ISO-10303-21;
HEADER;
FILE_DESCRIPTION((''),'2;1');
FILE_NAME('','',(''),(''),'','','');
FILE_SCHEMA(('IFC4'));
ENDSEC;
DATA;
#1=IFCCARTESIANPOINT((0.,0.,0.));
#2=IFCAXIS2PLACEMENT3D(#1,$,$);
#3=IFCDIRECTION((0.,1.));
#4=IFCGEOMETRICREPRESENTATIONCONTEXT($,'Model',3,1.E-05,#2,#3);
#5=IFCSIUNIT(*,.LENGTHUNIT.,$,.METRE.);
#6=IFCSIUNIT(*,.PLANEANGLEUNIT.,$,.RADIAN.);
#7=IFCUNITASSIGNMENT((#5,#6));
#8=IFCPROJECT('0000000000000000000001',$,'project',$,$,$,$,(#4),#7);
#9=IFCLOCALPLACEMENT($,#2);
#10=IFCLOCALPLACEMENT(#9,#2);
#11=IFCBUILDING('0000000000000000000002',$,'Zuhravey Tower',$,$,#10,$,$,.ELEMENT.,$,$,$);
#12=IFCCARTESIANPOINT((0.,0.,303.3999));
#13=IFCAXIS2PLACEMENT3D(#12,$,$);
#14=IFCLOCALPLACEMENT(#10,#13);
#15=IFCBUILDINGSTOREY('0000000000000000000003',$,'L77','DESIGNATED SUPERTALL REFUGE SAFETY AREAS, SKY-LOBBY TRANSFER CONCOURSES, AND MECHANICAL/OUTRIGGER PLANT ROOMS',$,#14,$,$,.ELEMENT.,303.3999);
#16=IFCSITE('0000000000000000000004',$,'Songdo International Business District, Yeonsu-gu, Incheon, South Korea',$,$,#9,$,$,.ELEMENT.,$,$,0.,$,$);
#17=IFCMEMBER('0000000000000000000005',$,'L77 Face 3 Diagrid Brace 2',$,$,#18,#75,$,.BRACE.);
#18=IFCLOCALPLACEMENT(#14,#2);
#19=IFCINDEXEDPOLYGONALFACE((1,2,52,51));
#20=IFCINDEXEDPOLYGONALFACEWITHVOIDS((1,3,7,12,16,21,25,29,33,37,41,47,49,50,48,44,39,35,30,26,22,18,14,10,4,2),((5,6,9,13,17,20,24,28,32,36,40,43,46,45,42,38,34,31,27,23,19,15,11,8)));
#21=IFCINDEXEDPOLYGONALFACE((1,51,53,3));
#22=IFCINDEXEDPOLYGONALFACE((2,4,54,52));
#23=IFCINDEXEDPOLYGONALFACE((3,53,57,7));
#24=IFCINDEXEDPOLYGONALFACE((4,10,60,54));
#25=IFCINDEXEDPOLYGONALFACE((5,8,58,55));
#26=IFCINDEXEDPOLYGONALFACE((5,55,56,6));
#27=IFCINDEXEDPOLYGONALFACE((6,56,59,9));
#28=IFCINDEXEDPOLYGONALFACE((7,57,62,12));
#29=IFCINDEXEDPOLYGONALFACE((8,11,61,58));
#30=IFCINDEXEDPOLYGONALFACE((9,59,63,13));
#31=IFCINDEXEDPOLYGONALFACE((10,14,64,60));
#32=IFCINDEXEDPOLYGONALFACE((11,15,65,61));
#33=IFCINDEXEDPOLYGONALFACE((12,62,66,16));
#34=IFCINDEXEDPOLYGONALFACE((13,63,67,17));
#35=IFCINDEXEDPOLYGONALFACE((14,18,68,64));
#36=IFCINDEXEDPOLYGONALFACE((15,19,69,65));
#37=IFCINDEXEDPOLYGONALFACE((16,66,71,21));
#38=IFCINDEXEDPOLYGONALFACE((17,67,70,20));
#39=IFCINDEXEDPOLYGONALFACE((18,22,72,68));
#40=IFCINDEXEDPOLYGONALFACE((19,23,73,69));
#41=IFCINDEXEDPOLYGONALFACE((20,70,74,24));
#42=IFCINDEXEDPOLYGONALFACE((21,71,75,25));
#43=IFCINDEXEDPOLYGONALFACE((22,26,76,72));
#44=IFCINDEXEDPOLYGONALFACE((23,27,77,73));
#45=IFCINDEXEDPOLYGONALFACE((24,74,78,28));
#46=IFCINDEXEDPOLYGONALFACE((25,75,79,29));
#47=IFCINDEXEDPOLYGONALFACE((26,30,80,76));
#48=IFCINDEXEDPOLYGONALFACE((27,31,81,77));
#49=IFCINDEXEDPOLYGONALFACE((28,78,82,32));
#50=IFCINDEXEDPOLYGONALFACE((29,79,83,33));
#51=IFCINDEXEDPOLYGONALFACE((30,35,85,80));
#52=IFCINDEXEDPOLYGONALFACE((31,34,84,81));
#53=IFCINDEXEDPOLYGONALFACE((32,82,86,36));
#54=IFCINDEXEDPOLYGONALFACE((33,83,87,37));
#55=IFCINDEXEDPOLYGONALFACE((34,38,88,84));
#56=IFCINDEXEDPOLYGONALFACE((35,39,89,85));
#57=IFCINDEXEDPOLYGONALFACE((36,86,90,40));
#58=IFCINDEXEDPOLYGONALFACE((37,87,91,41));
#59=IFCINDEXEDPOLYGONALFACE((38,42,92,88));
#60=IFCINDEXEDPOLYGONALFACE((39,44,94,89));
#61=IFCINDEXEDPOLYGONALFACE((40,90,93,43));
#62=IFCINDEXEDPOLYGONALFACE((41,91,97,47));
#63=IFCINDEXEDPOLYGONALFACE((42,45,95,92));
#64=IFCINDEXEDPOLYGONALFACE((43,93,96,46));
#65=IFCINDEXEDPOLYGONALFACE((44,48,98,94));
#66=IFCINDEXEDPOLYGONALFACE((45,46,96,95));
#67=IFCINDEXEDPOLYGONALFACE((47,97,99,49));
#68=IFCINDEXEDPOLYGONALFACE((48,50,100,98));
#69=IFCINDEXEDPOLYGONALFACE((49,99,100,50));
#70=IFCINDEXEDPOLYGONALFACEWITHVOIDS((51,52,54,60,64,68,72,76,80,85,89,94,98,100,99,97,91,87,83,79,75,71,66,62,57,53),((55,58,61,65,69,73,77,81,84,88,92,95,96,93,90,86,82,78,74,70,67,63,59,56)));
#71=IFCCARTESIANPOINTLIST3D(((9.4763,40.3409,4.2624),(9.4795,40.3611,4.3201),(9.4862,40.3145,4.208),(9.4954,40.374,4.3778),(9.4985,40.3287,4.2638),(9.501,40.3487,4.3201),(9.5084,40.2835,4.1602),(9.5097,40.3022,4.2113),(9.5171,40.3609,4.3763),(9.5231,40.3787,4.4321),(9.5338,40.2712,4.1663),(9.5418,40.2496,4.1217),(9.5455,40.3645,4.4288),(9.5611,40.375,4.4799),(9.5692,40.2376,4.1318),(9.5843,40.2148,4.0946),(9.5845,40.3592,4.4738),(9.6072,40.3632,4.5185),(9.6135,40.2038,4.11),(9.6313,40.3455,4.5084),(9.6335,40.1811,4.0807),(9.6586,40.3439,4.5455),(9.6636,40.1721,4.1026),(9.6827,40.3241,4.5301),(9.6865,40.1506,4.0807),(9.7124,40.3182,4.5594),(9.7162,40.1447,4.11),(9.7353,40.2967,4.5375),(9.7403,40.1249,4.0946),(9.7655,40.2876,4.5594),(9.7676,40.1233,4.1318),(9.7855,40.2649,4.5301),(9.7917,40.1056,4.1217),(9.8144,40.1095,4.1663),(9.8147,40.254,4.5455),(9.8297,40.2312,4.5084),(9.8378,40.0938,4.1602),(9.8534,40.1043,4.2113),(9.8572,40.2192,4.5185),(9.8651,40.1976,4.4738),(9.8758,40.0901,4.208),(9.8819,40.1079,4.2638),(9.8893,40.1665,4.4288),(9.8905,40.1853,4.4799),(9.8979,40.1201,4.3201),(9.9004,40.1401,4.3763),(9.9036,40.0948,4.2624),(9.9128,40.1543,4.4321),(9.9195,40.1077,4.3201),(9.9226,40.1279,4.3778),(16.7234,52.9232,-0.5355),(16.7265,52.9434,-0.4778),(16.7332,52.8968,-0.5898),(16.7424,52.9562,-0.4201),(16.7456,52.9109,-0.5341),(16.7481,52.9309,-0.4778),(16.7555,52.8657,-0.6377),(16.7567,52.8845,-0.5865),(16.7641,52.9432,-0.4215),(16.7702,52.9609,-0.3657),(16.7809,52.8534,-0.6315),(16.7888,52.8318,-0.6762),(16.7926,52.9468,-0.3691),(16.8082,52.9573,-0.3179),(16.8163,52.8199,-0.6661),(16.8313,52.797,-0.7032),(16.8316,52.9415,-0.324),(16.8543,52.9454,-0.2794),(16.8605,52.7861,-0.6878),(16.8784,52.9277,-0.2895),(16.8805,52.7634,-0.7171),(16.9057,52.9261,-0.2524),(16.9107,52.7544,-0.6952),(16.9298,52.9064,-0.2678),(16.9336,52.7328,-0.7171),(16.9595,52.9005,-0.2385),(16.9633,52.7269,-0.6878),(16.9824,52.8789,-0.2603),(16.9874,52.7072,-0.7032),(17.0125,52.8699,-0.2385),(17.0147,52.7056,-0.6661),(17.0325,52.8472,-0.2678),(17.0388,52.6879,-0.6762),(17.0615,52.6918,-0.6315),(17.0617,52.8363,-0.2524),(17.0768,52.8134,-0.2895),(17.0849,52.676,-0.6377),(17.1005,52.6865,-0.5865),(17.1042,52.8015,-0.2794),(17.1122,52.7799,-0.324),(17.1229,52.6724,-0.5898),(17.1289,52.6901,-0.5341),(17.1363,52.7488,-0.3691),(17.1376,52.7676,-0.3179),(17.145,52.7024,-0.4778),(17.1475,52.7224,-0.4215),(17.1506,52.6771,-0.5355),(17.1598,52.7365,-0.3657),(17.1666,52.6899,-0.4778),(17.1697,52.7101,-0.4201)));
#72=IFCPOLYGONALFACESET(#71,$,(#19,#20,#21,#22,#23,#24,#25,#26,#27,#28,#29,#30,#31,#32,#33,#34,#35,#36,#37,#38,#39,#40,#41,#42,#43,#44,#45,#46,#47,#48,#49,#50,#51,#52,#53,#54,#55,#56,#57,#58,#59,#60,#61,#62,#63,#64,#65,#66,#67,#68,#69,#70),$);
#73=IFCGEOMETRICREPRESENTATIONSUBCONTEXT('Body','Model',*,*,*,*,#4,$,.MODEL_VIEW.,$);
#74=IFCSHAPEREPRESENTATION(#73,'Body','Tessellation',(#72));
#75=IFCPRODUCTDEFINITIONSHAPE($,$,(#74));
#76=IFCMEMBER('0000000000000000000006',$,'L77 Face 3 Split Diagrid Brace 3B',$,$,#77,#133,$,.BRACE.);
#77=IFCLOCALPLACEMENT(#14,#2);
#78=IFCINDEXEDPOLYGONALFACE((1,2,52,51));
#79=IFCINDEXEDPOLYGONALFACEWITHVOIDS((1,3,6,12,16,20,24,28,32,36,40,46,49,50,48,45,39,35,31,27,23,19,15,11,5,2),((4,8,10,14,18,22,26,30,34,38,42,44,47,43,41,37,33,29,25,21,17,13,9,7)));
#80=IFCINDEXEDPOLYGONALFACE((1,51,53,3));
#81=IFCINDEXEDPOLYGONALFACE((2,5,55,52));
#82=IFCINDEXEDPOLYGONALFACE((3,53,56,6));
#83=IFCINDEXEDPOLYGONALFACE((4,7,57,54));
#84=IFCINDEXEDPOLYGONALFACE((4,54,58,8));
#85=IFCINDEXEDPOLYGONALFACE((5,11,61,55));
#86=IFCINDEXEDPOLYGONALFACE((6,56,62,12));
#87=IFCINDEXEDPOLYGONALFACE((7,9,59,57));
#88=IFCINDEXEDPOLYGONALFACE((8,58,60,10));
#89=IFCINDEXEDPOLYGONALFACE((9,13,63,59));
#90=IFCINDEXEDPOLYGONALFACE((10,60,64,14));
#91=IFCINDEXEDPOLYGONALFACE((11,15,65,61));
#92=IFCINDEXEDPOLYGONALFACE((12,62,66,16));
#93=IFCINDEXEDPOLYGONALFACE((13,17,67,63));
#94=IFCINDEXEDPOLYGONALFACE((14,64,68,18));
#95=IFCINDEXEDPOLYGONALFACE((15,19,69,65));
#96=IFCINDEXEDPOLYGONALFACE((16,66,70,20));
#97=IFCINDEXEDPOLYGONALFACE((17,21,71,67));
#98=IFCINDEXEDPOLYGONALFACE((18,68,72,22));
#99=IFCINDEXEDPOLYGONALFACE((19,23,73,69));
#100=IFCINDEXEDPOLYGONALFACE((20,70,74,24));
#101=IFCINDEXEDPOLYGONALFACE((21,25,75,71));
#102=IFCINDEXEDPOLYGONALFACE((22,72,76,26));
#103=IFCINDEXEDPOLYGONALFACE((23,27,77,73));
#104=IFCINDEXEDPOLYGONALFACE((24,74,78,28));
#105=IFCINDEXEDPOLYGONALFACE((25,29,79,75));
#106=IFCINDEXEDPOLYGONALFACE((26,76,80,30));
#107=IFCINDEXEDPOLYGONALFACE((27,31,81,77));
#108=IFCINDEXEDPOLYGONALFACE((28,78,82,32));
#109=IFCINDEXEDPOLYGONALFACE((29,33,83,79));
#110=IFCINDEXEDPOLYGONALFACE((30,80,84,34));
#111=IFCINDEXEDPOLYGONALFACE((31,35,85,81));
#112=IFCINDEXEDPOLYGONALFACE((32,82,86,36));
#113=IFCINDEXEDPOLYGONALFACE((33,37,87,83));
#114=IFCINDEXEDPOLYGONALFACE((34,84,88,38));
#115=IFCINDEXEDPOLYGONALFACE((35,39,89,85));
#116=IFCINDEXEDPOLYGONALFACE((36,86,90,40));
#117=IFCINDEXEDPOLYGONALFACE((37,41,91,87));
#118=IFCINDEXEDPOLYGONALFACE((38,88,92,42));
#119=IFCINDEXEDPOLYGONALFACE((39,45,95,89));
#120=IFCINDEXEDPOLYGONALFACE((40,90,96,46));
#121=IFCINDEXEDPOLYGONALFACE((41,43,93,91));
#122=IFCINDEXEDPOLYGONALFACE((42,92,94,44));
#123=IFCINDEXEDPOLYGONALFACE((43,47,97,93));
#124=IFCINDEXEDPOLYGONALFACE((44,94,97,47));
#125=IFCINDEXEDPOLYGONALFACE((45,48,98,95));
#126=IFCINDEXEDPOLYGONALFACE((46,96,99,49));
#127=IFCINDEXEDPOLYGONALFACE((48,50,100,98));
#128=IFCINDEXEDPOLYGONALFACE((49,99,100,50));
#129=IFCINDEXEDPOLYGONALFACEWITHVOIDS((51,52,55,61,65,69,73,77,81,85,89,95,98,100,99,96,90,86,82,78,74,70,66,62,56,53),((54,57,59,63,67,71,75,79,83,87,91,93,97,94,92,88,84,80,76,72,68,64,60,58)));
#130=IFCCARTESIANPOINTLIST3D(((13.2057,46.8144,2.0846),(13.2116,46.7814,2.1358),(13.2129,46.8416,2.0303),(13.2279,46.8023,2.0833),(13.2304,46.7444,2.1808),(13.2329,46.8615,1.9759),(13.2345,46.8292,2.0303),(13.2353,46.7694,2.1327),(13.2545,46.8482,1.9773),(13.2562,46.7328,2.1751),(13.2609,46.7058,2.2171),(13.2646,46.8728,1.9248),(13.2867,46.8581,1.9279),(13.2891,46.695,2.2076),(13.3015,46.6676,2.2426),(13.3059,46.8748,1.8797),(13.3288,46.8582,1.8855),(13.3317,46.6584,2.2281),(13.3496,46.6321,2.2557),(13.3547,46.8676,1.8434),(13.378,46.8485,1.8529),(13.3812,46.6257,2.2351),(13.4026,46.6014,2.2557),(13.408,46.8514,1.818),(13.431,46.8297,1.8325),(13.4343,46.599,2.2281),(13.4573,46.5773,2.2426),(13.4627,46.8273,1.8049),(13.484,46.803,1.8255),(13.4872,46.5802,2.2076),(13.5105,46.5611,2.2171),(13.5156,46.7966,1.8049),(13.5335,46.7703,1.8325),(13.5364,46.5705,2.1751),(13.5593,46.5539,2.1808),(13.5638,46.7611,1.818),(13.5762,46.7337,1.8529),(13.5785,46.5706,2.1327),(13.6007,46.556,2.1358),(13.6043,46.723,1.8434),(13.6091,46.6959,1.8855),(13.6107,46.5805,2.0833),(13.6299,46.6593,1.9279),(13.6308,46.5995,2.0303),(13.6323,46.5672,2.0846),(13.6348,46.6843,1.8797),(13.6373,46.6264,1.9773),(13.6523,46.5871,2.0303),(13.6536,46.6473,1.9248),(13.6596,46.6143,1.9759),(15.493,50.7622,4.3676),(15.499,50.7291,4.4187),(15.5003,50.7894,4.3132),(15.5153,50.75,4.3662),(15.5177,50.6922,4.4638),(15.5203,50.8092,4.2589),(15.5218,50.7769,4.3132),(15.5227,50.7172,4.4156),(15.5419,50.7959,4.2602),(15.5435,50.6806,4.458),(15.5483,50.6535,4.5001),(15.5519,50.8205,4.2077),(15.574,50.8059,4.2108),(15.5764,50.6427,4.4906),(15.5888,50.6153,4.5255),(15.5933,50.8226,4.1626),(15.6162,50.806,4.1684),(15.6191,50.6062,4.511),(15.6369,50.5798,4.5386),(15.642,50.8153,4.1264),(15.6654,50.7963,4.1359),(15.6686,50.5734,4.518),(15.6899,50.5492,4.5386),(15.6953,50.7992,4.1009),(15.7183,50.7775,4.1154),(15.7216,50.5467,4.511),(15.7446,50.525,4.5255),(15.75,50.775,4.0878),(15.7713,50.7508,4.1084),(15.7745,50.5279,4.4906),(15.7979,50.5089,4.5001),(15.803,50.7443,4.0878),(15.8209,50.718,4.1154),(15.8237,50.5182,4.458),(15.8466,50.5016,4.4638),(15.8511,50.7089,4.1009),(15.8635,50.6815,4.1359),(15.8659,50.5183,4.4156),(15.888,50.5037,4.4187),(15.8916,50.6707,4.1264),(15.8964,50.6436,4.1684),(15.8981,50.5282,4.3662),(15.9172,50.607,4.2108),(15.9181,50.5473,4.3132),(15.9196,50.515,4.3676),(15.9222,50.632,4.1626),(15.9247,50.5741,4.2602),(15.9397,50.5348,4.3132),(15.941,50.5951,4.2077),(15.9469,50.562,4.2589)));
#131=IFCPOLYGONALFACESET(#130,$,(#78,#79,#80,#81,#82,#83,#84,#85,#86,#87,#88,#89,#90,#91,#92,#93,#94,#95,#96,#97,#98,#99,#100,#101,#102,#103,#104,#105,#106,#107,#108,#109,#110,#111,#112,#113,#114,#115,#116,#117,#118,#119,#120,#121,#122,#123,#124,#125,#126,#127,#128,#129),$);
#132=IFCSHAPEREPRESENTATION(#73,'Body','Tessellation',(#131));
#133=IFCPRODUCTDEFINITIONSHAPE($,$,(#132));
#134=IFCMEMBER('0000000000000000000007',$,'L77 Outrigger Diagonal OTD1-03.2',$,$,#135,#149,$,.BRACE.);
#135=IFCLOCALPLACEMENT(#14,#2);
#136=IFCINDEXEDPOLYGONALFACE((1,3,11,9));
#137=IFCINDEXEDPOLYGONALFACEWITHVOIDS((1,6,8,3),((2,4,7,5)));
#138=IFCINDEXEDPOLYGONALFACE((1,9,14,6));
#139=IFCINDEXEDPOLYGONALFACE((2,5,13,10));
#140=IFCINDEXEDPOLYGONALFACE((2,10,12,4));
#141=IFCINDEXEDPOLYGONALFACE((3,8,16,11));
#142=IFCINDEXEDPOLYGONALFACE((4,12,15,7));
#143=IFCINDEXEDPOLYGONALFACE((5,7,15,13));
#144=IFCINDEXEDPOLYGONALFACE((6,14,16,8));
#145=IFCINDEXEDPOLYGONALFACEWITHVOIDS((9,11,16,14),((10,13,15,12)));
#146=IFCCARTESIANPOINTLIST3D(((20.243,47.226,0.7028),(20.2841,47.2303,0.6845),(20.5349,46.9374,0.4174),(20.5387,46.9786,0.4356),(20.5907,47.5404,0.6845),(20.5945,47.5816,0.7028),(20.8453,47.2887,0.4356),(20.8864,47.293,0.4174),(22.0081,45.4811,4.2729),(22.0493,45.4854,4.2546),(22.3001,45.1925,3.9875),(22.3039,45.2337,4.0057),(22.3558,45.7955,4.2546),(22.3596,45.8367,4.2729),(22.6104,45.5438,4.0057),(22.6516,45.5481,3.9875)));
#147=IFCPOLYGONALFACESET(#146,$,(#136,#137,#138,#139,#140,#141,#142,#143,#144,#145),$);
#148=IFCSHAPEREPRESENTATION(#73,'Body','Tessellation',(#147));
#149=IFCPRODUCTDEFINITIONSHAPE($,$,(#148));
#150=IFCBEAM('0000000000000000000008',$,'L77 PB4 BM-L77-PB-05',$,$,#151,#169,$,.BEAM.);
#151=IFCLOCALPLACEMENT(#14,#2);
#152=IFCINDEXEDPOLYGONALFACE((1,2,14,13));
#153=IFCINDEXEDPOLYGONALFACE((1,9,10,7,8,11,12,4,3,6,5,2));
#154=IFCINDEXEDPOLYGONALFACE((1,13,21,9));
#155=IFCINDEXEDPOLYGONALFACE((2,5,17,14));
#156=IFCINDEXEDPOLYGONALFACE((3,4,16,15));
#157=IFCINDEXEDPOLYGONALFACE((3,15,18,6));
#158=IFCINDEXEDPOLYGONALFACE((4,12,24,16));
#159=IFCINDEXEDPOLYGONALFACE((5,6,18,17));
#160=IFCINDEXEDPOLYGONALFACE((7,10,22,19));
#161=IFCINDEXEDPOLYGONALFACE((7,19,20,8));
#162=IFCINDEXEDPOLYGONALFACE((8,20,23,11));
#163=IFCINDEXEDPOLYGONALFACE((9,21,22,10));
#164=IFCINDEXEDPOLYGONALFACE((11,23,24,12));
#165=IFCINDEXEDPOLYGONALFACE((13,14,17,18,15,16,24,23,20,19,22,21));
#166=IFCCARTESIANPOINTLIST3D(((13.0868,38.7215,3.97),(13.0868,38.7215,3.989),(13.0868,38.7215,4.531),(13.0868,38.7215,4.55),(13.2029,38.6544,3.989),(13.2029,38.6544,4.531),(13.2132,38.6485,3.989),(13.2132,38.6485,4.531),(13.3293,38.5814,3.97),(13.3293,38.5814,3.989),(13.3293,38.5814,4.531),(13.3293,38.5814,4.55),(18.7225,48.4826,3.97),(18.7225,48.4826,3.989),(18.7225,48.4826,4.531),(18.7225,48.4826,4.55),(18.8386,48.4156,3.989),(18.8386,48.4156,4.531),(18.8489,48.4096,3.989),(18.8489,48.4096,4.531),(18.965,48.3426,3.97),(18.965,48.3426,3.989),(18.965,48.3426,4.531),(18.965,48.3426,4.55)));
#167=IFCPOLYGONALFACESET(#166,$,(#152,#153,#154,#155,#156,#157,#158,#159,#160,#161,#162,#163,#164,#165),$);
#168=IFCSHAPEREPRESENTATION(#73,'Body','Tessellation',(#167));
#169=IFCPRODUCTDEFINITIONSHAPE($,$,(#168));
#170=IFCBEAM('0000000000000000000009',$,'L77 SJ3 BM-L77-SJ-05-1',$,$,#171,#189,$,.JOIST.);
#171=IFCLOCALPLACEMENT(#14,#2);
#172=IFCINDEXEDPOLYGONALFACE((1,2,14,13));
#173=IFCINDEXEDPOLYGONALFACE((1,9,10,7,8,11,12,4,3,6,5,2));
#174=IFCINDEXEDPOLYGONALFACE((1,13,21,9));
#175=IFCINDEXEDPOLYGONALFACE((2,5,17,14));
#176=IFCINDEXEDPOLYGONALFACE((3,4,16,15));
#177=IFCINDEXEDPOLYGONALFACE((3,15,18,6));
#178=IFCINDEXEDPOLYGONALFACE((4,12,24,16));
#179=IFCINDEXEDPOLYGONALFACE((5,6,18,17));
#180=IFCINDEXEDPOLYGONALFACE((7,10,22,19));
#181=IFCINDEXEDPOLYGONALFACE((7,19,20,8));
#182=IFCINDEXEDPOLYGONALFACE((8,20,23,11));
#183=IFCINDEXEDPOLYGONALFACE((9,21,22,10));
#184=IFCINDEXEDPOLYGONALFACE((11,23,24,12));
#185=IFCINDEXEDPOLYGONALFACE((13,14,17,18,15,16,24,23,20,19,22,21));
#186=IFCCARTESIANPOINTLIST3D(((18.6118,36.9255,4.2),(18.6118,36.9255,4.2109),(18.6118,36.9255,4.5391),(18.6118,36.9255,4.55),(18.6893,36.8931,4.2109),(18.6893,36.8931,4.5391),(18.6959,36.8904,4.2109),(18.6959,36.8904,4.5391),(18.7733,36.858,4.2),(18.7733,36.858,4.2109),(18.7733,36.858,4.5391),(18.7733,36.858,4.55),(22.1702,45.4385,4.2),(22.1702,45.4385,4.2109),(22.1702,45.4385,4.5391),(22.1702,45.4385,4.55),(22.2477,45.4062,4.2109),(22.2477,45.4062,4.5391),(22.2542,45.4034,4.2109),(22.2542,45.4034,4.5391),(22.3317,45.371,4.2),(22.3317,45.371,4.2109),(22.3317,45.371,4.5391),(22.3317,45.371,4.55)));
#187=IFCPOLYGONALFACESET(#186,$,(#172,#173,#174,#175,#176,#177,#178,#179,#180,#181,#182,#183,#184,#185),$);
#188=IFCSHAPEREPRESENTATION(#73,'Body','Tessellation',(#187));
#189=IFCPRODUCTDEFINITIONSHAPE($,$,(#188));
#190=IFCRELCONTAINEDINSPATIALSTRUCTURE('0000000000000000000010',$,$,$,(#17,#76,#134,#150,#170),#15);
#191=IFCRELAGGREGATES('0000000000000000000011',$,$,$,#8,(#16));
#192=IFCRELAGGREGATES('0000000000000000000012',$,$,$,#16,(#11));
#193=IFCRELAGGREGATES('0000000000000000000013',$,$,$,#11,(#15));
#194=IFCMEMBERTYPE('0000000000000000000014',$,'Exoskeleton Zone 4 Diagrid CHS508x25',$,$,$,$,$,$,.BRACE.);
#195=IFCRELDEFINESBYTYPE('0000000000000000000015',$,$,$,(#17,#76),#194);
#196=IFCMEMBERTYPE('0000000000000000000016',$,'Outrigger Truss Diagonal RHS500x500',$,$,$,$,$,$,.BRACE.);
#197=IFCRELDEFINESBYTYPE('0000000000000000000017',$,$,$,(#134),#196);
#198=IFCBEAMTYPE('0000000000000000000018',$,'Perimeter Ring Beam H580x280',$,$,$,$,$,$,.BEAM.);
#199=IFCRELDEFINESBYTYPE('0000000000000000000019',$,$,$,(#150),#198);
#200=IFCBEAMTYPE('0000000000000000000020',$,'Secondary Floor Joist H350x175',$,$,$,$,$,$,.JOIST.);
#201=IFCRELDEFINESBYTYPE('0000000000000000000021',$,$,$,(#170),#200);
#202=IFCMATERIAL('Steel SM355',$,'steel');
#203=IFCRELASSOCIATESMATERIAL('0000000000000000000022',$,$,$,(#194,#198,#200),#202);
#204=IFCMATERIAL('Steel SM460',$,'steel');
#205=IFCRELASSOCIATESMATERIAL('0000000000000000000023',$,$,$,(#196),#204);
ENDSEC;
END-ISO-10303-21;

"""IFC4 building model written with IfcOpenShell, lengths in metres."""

from ifc_helpers import new_model, si_unit, direction, frame, origin, origin_2d, place, context, subcontext, project, spatial, hollow_rectangle, hollow_circle, i_section, extrude, material, material_profile, profile_set, type_object, element, save


model = new_model("IFC4")

# Units and contexts
model_context = context("Model", 3, precision=1e-05, world=origin(), true_north=direction((0.0, 1.0)))
body_context = subcontext(model_context, "Body", "Model", "MODEL_VIEW")
ifc_project = project(units=[si_unit("LENGTHUNIT", "METRE"), si_unit("PLANEANGLEUNIT", "RADIAN")], contexts=[model_context])

# Site, building, storey
site_placement = place(None, origin())
site = spatial("IfcSite", under=ifc_project, at=site_placement, Name="Songdo International Business District, Yeonsu-gu, Incheon, South Korea", CompositionType="ELEMENT", RefElevation=0.0)
building_placement = place(site_placement, origin())
building = spatial("IfcBuilding", under=site, at=building_placement, Name="Zuhravey Tower", CompositionType="ELEMENT")
storey_placement = place(building_placement, frame((0.0, 0.0, 303.3999)))
storey = spatial("IfcBuildingStorey", under=building, at=storey_placement, Name="L77", Description="DESIGNATED SUPERTALL REFUGE SAFETY AREAS, SKY-LOBBY TRANSFER CONCOURSES, AND MECHANICAL/OUTRIGGER PLANT ROOMS", CompositionType="ELEMENT", Elevation=303.3999)

# Shared definitions
ifc_material_1 = material(Name="Steel SM355", Category="steel")

# Shared definitions
ifc_material_2 = material(Name="Steel SM460", Category="steel")

# Members
ifc_material_profile_1 = material_profile(ifc_material_1, hollow_circle(Radius=0.2539, WallThickness=0.0249, at=origin_2d()), Name="CHS-508.0x25")
ifc_profile_set_1 = profile_set([ifc_material_profile_1], Name="Steel SM355")
member_type_1 = type_object("IfcMemberType", Name="Exoskeleton Zone 4 Diagrid CHS508x25", PredefinedType="BRACE", material=ifc_profile_set_1)
member_1_placement = place(storey_placement, frame((16.9465, 52.8167, -0.4778), z_axis=(-0.473905, -0.822787, 0.313744), x_axis=(0.866541, -0.499106, 0.0)))
element("IfcMember", 1, at=member_1_placement, inside=storey, type_object=member_type_1, Name="L77 Face 3 Diagrid Brace 2", PredefinedType="BRACE", context=body_context, shape_type="SweptSolid", body=[
    extrude(hollow_circle(Radius=0.2539, WallThickness=0.0249, at=origin_2d()), origin(), (0.0, 0.0, 1.0), 15.2922),
])
member_2_placement = place(storey_placement, frame((13.4326, 46.7144, 2.0303), z_axis=(0.44834, 0.773792, 0.447479), x_axis=(-0.865254, 0.501334, 0.0)))
element("IfcMember", 2, at=member_2_placement, inside=storey, type_object=member_type_1, Name="L77 Face 3 Split Diagrid Brace 3B", PredefinedType="BRACE", context=body_context, shape_type="SweptSolid", body=[
    extrude(hollow_circle(Radius=0.2539, WallThickness=0.0249, at=origin_2d()), origin(), (0.0, 0.0, 1.0), 5.1018),
])
ifc_material_profile_2 = material_profile(ifc_material_2, hollow_rectangle(XDim=0.5, YDim=0.5, WallThickness=0.032, at=origin_2d()), Name="RHS-500x500x32")
ifc_profile_set_2 = profile_set([ifc_material_profile_2], Name="Steel SM460")
member_type_2 = type_object("IfcMemberType", Name="Outrigger Truss Diagonal RHS500x500", PredefinedType="BRACE", material=ifc_profile_set_2)
member_3_placement = place(storey_placement, frame((20.5647, 47.2595, 0.5601), z_axis=(0.405959, -0.401299, 0.82107), x_axis=(0.703013, 0.711177, 0.0)))
element("IfcMember", 3, at=member_3_placement, inside=storey, type_object=member_type_2, Name="L77 Outrigger Diagonal OTD1-03.2", PredefinedType="BRACE", context=body_context, shape_type="SweptSolid", body=[
    extrude(hollow_rectangle(XDim=0.5, YDim=0.5, WallThickness=0.032, at=origin_2d()), origin(), (0.0, 0.0, 1.0), 4.3481),
])

# Beams
ifc_material_profile_3 = material_profile(ifc_material_1, i_section(OverallWidth=0.28, OverallDepth=0.5801, WebThickness=0.012, FlangeThickness=0.019, at=origin_2d()), Name="H-580x280x12x19")
ifc_profile_set_3 = profile_set([ifc_material_profile_3], Name="Steel SM355")
beam_type_1 = type_object("IfcBeamType", Name="Perimeter Ring Beam H580x280", PredefinedType="BEAM", material=ifc_profile_set_3)
beam_1_placement = place(storey_placement, frame((18.8438, 48.4126, 4.26), z_axis=(-0.500006, -0.866022, 0.0), x_axis=(0.866022, -0.500006, 0.0)))
element("IfcBeam", 4, at=beam_1_placement, inside=storey, type_object=beam_type_1, Name="L77 PB4 BM-L77-PB-05", PredefinedType="BEAM", context=body_context, shape_type="SweptSolid", body=[
    extrude(i_section(OverallWidth=0.28, OverallDepth=0.5801, WebThickness=0.012, FlangeThickness=0.019, at=origin_2d()), origin(), (0.0, 0.0, 1.0), 11.2712),
])
ifc_material_profile_4 = material_profile(ifc_material_1, i_section(OverallWidth=0.175, OverallDepth=0.3501, WebThickness=0.0071, FlangeThickness=0.011, at=origin_2d()), Name="H-350x175x7x11")
ifc_profile_set_4 = profile_set([ifc_material_profile_4], Name="Steel SM355")
beam_type_2 = type_object("IfcBeamType", Name="Secondary Floor Joist H350x175", PredefinedType="JOIST", material=ifc_profile_set_4)
beam_2_placement = place(storey_placement, frame((22.251, 45.4048, 4.375), z_axis=(-0.385658, -0.922642, 0.0), x_axis=(0.922642, -0.385658, 0.0)))
element("IfcBeam", 5, at=beam_2_placement, inside=storey, type_object=beam_type_2, Name="L77 SJ3 BM-L77-SJ-05-1", PredefinedType="JOIST", context=body_context, shape_type="SweptSolid", body=[
    extrude(i_section(OverallWidth=0.175, OverallDepth=0.3501, WebThickness=0.0071, FlangeThickness=0.011, at=origin_2d()), origin(), (0.0, 0.0, 1.0), 9.2268),
])

save(model, "model.ifc")
